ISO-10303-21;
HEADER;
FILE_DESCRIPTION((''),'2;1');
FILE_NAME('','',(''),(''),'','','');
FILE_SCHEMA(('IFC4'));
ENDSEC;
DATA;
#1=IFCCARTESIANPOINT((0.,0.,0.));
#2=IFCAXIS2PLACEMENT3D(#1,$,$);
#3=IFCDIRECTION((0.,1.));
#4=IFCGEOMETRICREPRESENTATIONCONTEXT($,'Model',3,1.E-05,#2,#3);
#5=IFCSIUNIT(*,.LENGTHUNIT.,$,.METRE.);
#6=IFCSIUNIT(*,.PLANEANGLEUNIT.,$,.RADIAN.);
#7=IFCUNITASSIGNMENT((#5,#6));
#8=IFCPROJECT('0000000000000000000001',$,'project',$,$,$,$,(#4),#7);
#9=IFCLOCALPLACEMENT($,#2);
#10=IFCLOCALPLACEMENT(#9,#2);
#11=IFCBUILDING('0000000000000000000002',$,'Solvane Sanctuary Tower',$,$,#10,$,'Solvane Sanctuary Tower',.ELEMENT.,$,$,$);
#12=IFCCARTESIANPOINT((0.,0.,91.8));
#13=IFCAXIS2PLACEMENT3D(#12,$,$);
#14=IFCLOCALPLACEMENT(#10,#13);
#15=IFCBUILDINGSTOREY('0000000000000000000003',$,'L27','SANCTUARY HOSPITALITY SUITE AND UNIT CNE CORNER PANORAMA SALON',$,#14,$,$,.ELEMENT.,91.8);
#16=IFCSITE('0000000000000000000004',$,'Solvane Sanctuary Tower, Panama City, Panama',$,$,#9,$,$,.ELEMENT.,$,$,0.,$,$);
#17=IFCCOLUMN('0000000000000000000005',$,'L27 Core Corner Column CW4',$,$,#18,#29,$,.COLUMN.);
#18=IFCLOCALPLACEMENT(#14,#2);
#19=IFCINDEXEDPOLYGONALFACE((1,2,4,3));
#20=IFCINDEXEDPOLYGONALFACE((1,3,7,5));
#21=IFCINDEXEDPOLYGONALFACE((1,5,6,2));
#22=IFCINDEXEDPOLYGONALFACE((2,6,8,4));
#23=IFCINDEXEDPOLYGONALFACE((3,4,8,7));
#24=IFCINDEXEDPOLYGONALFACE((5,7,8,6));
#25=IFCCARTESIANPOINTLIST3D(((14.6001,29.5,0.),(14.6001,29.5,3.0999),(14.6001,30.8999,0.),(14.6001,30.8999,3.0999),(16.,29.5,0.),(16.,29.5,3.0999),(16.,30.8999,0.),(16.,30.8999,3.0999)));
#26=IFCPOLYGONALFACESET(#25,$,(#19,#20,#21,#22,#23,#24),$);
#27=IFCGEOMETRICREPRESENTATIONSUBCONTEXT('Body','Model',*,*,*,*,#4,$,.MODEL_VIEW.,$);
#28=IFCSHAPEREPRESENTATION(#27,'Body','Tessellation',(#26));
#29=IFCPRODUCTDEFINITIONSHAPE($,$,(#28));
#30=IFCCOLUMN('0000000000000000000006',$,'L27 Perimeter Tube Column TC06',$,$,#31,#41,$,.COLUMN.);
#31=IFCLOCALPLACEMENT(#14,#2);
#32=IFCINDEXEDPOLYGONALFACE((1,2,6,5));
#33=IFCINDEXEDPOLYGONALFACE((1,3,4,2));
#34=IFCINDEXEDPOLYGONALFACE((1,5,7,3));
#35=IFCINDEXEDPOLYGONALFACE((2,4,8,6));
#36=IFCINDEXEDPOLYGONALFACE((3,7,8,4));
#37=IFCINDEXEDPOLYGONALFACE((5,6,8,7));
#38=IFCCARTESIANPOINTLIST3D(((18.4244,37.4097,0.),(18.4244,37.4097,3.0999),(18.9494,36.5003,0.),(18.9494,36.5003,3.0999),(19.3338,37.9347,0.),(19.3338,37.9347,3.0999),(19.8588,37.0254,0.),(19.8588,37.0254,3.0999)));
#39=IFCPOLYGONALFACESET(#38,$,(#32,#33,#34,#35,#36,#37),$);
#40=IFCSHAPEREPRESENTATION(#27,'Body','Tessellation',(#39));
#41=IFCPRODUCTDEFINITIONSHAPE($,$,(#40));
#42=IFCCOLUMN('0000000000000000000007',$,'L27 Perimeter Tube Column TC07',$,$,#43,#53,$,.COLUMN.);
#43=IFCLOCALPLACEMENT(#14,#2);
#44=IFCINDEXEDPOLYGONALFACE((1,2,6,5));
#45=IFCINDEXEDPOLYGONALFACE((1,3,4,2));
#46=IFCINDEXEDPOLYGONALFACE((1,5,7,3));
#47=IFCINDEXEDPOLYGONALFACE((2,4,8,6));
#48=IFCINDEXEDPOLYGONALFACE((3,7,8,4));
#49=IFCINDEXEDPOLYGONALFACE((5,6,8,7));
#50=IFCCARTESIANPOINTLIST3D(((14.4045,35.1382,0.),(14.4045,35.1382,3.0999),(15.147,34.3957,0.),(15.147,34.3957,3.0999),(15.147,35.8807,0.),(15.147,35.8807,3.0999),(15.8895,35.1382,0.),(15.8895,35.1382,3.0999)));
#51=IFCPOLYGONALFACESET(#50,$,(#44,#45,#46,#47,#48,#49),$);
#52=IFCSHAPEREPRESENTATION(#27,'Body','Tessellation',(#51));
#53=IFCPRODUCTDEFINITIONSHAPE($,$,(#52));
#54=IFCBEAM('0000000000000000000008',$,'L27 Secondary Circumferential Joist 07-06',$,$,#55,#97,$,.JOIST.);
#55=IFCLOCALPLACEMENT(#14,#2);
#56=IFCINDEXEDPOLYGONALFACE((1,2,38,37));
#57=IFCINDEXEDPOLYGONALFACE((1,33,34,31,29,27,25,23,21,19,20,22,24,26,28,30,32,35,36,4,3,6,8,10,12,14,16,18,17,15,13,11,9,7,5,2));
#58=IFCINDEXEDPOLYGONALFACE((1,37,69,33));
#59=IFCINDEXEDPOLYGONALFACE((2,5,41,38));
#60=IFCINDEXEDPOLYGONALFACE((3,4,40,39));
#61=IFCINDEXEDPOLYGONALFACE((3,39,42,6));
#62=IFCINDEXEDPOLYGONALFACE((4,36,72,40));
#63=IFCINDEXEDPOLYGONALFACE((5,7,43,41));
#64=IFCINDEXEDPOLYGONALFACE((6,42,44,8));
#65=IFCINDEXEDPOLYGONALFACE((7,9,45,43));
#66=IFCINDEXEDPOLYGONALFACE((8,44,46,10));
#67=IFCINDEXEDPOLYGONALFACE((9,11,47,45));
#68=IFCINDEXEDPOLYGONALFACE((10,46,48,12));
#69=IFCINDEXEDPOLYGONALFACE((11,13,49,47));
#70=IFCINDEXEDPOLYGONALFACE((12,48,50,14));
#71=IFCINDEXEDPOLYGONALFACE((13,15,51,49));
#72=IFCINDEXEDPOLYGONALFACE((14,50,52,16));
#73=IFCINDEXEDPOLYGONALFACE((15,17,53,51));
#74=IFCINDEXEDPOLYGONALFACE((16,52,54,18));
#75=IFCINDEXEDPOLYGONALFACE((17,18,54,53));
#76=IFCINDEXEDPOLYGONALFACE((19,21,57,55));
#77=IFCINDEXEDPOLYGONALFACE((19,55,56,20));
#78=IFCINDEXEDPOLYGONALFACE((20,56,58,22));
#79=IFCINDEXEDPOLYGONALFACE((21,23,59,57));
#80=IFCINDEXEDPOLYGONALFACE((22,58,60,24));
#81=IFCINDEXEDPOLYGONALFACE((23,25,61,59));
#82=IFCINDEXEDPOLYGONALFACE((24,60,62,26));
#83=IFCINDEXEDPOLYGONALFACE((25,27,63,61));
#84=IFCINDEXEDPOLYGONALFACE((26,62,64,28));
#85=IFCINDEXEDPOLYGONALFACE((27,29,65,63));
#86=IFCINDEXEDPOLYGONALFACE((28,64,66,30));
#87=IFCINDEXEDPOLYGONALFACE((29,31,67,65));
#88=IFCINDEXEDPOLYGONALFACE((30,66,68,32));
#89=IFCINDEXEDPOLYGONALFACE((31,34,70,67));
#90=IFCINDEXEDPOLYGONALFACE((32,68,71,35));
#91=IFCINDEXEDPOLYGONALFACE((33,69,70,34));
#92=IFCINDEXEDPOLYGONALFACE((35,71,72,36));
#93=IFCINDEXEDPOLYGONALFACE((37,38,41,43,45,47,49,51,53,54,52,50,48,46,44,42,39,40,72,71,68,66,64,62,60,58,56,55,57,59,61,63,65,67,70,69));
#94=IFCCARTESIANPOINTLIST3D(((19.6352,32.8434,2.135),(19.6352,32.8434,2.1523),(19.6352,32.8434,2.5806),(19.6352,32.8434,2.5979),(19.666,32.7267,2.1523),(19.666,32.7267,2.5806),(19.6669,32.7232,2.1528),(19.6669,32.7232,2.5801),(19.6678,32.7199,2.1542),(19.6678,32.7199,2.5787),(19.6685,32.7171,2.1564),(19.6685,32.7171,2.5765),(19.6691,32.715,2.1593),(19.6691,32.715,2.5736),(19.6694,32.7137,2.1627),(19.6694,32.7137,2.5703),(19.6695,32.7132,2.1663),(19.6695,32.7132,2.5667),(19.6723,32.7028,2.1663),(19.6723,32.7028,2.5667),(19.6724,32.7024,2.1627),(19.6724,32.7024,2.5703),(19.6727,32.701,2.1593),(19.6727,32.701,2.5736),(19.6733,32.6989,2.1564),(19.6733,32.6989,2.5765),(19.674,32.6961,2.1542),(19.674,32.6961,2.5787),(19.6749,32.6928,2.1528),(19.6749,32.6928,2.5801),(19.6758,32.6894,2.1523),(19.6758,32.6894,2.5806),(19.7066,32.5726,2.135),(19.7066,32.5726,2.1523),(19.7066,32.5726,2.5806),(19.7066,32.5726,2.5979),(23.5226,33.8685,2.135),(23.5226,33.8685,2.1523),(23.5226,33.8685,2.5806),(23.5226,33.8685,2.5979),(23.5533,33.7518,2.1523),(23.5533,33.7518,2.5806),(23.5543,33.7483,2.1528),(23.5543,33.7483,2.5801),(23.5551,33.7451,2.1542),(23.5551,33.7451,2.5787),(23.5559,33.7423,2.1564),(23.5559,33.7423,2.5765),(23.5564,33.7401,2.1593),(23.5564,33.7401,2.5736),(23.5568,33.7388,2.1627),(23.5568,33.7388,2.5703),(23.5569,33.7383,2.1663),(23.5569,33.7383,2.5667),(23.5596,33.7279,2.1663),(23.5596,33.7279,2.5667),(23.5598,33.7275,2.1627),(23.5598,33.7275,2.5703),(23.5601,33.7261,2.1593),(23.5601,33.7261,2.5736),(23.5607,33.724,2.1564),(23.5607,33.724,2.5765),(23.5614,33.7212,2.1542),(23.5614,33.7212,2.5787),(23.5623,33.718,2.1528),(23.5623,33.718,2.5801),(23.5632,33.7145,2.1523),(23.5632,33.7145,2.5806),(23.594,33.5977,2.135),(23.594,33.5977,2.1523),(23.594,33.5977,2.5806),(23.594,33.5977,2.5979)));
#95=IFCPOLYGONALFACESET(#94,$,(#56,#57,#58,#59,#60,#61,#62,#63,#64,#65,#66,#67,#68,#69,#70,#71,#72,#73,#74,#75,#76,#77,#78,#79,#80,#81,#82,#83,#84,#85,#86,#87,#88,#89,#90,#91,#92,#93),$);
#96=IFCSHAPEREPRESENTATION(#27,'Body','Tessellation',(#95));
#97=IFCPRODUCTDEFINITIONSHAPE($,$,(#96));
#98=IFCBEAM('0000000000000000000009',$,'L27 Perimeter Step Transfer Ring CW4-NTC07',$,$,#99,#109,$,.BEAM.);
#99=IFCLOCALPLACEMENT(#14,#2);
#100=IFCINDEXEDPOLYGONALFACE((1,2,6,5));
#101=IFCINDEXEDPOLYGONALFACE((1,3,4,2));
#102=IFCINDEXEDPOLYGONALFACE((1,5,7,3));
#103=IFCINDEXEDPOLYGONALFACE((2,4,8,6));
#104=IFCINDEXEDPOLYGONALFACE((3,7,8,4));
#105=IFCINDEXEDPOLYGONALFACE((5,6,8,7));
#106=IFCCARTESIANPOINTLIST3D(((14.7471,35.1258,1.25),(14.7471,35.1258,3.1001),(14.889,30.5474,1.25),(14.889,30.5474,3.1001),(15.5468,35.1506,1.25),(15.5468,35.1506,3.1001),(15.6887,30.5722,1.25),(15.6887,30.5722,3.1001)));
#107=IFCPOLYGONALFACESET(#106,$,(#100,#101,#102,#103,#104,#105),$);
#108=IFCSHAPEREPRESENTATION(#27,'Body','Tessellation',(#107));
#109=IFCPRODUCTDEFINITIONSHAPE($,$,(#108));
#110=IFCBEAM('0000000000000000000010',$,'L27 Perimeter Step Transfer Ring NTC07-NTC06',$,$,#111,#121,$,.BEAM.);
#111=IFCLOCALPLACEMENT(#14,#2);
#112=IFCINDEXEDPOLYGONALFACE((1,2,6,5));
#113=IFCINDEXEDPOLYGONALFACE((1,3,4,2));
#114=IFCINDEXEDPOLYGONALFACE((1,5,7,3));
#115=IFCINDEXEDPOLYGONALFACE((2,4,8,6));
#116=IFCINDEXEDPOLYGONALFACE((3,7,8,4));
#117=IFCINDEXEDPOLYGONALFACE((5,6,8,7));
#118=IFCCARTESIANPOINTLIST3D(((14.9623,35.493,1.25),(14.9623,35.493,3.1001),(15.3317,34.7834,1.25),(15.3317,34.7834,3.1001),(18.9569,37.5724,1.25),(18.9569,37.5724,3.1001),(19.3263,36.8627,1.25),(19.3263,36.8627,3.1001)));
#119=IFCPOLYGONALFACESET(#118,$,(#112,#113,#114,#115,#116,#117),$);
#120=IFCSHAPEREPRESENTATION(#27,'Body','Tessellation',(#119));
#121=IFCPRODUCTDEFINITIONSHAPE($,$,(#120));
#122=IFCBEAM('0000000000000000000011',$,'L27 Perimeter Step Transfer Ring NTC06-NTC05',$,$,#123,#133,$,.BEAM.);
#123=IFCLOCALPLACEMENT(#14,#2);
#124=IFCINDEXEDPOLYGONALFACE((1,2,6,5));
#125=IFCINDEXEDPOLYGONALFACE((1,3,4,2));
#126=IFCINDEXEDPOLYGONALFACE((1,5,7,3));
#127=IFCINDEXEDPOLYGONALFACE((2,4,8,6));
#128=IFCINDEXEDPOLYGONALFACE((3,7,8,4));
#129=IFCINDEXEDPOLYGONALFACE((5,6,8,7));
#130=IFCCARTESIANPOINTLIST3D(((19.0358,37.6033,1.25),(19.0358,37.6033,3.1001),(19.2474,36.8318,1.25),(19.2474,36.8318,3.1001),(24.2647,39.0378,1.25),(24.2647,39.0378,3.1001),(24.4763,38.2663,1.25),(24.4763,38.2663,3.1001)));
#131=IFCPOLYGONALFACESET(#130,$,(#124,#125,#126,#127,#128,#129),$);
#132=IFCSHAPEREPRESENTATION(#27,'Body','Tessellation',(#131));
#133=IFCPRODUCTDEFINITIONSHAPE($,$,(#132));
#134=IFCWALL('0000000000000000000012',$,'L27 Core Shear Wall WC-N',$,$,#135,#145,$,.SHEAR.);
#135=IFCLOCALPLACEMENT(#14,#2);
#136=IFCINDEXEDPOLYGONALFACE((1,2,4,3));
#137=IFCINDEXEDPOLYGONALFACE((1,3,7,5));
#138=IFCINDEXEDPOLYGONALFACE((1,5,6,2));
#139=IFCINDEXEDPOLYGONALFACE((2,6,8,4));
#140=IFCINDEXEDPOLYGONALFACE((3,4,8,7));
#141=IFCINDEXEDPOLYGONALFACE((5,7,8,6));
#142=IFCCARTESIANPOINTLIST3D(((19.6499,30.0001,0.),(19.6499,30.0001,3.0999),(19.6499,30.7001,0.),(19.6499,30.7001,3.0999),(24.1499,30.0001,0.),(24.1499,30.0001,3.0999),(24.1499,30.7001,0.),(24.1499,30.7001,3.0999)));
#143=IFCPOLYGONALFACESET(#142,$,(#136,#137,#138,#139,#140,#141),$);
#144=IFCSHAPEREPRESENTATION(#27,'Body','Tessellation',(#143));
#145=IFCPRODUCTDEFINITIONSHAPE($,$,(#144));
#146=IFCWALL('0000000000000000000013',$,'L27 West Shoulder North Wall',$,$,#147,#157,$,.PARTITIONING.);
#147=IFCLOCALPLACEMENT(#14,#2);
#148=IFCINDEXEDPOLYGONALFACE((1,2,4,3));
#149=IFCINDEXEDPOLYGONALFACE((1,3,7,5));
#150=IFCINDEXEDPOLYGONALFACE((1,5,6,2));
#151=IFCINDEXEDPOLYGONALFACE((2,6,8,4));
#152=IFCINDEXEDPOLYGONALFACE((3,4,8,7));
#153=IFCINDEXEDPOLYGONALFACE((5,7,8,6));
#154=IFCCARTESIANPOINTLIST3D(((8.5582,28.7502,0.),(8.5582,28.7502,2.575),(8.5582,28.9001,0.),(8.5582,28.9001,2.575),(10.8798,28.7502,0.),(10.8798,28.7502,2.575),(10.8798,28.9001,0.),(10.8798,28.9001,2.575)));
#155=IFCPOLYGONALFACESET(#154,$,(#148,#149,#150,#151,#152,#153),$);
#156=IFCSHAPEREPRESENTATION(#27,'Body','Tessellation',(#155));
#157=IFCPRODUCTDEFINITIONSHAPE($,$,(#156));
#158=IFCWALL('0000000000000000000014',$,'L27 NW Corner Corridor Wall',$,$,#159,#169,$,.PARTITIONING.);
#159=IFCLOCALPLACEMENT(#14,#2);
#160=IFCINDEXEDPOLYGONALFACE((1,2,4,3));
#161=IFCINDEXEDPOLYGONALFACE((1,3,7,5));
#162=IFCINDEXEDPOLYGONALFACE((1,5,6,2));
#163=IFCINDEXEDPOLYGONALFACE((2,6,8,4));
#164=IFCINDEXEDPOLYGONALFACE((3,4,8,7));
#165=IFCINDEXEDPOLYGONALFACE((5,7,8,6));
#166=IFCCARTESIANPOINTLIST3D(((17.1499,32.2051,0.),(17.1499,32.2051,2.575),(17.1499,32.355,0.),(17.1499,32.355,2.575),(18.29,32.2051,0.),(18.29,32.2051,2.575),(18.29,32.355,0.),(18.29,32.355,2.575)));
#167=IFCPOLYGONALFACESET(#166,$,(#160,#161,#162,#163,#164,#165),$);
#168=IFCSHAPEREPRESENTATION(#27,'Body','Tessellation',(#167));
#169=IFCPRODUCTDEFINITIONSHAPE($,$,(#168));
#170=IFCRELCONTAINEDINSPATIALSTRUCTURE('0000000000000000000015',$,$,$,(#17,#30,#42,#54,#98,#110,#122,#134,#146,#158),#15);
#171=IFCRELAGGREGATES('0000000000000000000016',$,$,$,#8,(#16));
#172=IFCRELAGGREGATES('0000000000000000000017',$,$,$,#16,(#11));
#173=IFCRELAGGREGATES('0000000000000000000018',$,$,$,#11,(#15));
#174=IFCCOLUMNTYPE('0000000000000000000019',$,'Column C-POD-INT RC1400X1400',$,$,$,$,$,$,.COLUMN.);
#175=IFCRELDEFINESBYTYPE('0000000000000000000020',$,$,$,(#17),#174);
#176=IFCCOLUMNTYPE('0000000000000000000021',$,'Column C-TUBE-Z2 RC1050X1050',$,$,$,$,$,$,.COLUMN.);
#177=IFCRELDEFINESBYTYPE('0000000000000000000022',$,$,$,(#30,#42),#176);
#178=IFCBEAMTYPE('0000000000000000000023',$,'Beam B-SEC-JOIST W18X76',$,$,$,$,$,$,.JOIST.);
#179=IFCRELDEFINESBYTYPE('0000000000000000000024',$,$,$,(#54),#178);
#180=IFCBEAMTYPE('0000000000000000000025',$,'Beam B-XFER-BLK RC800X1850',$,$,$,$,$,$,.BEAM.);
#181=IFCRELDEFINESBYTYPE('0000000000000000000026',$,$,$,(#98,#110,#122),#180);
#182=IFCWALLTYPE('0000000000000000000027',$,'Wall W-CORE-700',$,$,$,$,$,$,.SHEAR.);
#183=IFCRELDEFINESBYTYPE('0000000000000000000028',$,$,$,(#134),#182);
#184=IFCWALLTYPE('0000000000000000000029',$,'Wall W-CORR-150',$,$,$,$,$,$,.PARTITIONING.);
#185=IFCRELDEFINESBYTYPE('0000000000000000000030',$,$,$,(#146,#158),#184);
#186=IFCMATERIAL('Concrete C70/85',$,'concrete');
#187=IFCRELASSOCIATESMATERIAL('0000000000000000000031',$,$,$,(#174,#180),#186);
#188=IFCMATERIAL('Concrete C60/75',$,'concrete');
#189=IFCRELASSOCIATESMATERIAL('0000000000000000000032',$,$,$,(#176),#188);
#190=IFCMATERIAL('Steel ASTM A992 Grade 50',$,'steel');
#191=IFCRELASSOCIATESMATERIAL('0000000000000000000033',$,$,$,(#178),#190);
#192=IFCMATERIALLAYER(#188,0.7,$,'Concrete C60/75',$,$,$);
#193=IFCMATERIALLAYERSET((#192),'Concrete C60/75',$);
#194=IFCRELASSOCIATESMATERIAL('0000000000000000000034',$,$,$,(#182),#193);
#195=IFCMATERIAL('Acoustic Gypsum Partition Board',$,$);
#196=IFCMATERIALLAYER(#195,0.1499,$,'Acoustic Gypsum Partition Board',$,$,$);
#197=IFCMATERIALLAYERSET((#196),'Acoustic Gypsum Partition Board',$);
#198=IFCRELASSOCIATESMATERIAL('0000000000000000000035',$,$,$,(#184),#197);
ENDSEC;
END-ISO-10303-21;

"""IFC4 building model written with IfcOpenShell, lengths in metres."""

from ifc_helpers import new_model, si_unit, direction, frame, frame_2d, origin, origin_2d, place, context, subcontext, project, spatial, rectangle, i_section, extrude, material, layer, layer_set, material_profile, profile_set, type_object, element, save


model = new_model("IFC4")

# Units and contexts
model_context = context("Model", 3, precision=1e-05, world=origin(), true_north=direction((0.0, 1.0)))
body_context = subcontext(model_context, "Body", "Model", "MODEL_VIEW")
ifc_project = project(units=[si_unit("LENGTHUNIT", "METRE"), si_unit("PLANEANGLEUNIT", "RADIAN")], contexts=[model_context])

# Site, building, storey
site_placement = place(None, origin())
site = spatial("IfcSite", under=ifc_project, at=site_placement, Name="Solvane Sanctuary Tower, Panama City, Panama", CompositionType="ELEMENT", RefElevation=0.0)
building_placement = place(site_placement, origin())
building = spatial("IfcBuilding", under=site, at=building_placement, Name="Solvane Sanctuary Tower", LongName="Solvane Sanctuary Tower", CompositionType="ELEMENT")
storey_placement = place(building_placement, frame((0.0, 0.0, 91.8)))
storey = spatial("IfcBuildingStorey", under=building, at=storey_placement, Name="L27", Description="SANCTUARY HOSPITALITY SUITE AND UNIT CNE CORNER PANORAMA SALON", CompositionType="ELEMENT", Elevation=91.8)

# Columns
ifc_material_1 = material(Name="Concrete C70/85", Category="concrete")
ifc_material_profile_1 = material_profile(ifc_material_1, rectangle(XDim=1.3999, YDim=1.3999, at=origin_2d()), Name="RC1400X1400")
ifc_profile_set_1 = profile_set([ifc_material_profile_1], Name="Concrete C70/85")
column_type_1 = type_object("IfcColumnType", Name="Column C-POD-INT RC1400X1400", PredefinedType="COLUMN", material=ifc_profile_set_1)
column_placement = place(storey_placement, frame((15.3, 30.2, 0.0), z_axis=(0.0, 0.0, 1.0), x_axis=(1.0, 0.0, 0.0)))
element("IfcColumn", 1, at=column_placement, inside=storey, type_object=column_type_1, Name="L27 Core Corner Column CW4", PredefinedType="COLUMN", context=body_context, shape_type="SweptSolid", body=[
    extrude(rectangle(XDim=1.3999, YDim=1.3999, at=origin_2d()), origin(), (0.0, 0.0, 1.0), 3.0999),
])
ifc_material_2 = material(Name="Concrete C60/75", Category="concrete")
ifc_material_profile_2 = material_profile(ifc_material_2, rectangle(XDim=1.05, YDim=1.05, at=origin_2d()), Name="RC1050X1050")
ifc_profile_set_2 = profile_set([ifc_material_profile_2], Name="Concrete C60/75")
column_type_2 = type_object("IfcColumnType", Name="Column C-TUBE-Z2 RC1050X1050", PredefinedType="COLUMN", material=ifc_profile_set_2)
for number, where, z_axis, x_axis, name in (
    (2, (19.1416, 37.2175, 0.0), (0.0, 0.0, 1.0), (-0.5, 0.866025, 0.0), "L27 Perimeter Tube Column TC06"),
    (3, (15.147, 35.1382, 0.0), (0.0, 0.0, 1.0), (-0.707107, 0.707107, 0.0), "L27 Perimeter Tube Column TC07"),
):
    element("IfcColumn", number, at=place(storey_placement, frame(where, z_axis=z_axis, x_axis=x_axis)), inside=storey, type_object=column_type_2, Name=name, PredefinedType="COLUMN", context=body_context, shape_type="SweptSolid", body=[
        extrude(rectangle(XDim=1.05, YDim=1.05, at=origin_2d()), origin(), (0.0, 0.0, 1.0), 3.0999),
    ])

# Beams
ifc_material_3 = material(Name="Steel ASTM A992 Grade 50", Category="steel")
ifc_material_profile_3 = material_profile(ifc_material_3, i_section(OverallWidth=0.28, OverallDepth=0.4629, WebThickness=0.0107, FlangeThickness=0.0173, FilletRadius=0.0139, at=origin_2d()), Name="W18X76")
ifc_profile_set_3 = profile_set([ifc_material_profile_3], Name="Steel ASTM A992 Grade 50")
beam_type_1 = type_object("IfcBeamType", Name="Beam B-SEC-JOIST W18X76", PredefinedType="JOIST", material=ifc_profile_set_3)
beam_1_placement = place(storey_placement, frame((19.6709, 32.708, 2.3665), z_axis=(0.966944, 0.254989, 0.0), x_axis=(-0.254989, 0.966944, 0.0)))
element("IfcBeam", 4, at=beam_1_placement, inside=storey, type_object=beam_type_1, Name="L27 Secondary Circumferential Joist 07-06", PredefinedType="JOIST", context=body_context, shape_type="SweptSolid", body=[
    extrude(i_section(OverallWidth=0.28, OverallDepth=0.4629, WebThickness=0.0107, FlangeThickness=0.0173, FilletRadius=0.0139, at=origin_2d()), origin(), (0.0, 0.0, 1.0), 4.0203),
])
ifc_material_profile_4 = material_profile(ifc_material_1, rectangle(XDim=0.8, YDim=1.8501, at=origin_2d()), Name="RC800X1850")
ifc_profile_set_4 = profile_set([ifc_material_profile_4], Name="Concrete C70/85")
beam_type_2 = type_object("IfcBeamType", Name="Beam B-XFER-BLK RC800X1850", PredefinedType="BEAM", material=ifc_profile_set_4)
beam_2_placement = place(storey_placement, frame((15.2888, 30.5598, 2.175), z_axis=(-0.030967, 0.99952, 0.0), x_axis=(-0.99952, -0.030967, 0.0)))
element("IfcBeam", 5, at=beam_2_placement, inside=storey, type_object=beam_type_2, Name="L27 Perimeter Step Transfer Ring CW4-NTC07", PredefinedType="BEAM", context=body_context, shape_type="SweptSolid", body=[
    extrude(rectangle(XDim=0.8, YDim=1.8501, at=origin_2d()), origin(), (0.0, 0.0, 1.0), 4.5806),
])
beam_3_placement = place(storey_placement, frame((15.147, 35.1382, 2.175), z_axis=(0.887022, 0.461727, 0.0), x_axis=(-0.461727, 0.887022, 0.0)))
element("IfcBeam", 6, at=beam_3_placement, inside=storey, type_object=beam_type_2, Name="L27 Perimeter Step Transfer Ring NTC07-NTC06", PredefinedType="BEAM", context=body_context, shape_type="SweptSolid", body=[
    extrude(rectangle(XDim=0.8, YDim=1.8501, at=origin_2d()), origin(), (0.0, 0.0, 1.0), 4.5034),
])
beam_4_placement = place(storey_placement, frame((19.1416, 37.2175, 2.175), z_axis=(0.964366, 0.264572, 0.0), x_axis=(-0.264572, 0.964366, 0.0)))
element("IfcBeam", 7, at=beam_4_placement, inside=storey, type_object=beam_type_2, Name="L27 Perimeter Step Transfer Ring NTC06-NTC05", PredefinedType="BEAM", context=body_context, shape_type="SweptSolid", body=[
    extrude(rectangle(XDim=0.8, YDim=1.8501, at=origin_2d()), origin(), (0.0, 0.0, 1.0), 5.4221),
])

# Walls
ifc_layer_1 = layer(ifc_material_2, 0.7, Name="Concrete C60/75")
ifc_layer_set_1 = layer_set([ifc_layer_1], Name="Concrete C60/75")
wall_type_1 = type_object("IfcWallType", Name="Wall W-CORE-700", PredefinedType="SHEAR", material=ifc_layer_set_1)
wall_1_placement = place(storey_placement, frame((19.6499, 30.3501, 0.0), z_axis=(0.0, 0.0, 1.0), x_axis=(1.0, 0.0, 0.0)))
element("IfcWall", 8, at=wall_1_placement, inside=storey, type_object=wall_type_1, Name="L27 Core Shear Wall WC-N", PredefinedType="SHEAR", context=body_context, shape_type="SweptSolid", body=[
    extrude(rectangle(XDim=4.5, YDim=0.7, at=frame_2d((2.25, 0.0))), origin(), (0.0, 0.0, 1.0), 3.0999),
])
ifc_material_4 = material(Name="Acoustic Gypsum Partition Board")
ifc_layer_2 = layer(ifc_material_4, 0.1499, Name="Acoustic Gypsum Partition Board")
ifc_layer_set_2 = layer_set([ifc_layer_2], Name="Acoustic Gypsum Partition Board")
wall_type_2 = type_object("IfcWallType", Name="Wall W-CORR-150", PredefinedType="PARTITIONING", material=ifc_layer_set_2)
wall_2_placement = place(storey_placement, frame((8.5583, 28.8252, 0.0), z_axis=(0.0, 0.0, 1.0), x_axis=(1.0, 0.0, 0.0)))
element("IfcWall", 9, at=wall_2_placement, inside=storey, type_object=wall_type_2, Name="L27 West Shoulder North Wall", PredefinedType="PARTITIONING", context=body_context, shape_type="SweptSolid", body=[
    extrude(rectangle(XDim=2.3215, YDim=0.1499, at=frame_2d((1.1606, 0.0))), origin(), (0.0, 0.0, 1.0), 2.575),
])
wall_3_placement = place(storey_placement, frame((17.1499, 32.28, 0.0), z_axis=(0.0, 0.0, 1.0), x_axis=(1.0, 0.0, 0.0)))
element("IfcWall", 10, at=wall_3_placement, inside=storey, type_object=wall_type_2, Name="L27 NW Corner Corridor Wall", PredefinedType="PARTITIONING", context=body_context, shape_type="SweptSolid", body=[
    extrude(rectangle(XDim=1.1401, YDim=0.1499, at=frame_2d((0.5701, 0.0))), origin(), (0.0, 0.0, 1.0), 2.575),
])

save(model, "model.ifc")
